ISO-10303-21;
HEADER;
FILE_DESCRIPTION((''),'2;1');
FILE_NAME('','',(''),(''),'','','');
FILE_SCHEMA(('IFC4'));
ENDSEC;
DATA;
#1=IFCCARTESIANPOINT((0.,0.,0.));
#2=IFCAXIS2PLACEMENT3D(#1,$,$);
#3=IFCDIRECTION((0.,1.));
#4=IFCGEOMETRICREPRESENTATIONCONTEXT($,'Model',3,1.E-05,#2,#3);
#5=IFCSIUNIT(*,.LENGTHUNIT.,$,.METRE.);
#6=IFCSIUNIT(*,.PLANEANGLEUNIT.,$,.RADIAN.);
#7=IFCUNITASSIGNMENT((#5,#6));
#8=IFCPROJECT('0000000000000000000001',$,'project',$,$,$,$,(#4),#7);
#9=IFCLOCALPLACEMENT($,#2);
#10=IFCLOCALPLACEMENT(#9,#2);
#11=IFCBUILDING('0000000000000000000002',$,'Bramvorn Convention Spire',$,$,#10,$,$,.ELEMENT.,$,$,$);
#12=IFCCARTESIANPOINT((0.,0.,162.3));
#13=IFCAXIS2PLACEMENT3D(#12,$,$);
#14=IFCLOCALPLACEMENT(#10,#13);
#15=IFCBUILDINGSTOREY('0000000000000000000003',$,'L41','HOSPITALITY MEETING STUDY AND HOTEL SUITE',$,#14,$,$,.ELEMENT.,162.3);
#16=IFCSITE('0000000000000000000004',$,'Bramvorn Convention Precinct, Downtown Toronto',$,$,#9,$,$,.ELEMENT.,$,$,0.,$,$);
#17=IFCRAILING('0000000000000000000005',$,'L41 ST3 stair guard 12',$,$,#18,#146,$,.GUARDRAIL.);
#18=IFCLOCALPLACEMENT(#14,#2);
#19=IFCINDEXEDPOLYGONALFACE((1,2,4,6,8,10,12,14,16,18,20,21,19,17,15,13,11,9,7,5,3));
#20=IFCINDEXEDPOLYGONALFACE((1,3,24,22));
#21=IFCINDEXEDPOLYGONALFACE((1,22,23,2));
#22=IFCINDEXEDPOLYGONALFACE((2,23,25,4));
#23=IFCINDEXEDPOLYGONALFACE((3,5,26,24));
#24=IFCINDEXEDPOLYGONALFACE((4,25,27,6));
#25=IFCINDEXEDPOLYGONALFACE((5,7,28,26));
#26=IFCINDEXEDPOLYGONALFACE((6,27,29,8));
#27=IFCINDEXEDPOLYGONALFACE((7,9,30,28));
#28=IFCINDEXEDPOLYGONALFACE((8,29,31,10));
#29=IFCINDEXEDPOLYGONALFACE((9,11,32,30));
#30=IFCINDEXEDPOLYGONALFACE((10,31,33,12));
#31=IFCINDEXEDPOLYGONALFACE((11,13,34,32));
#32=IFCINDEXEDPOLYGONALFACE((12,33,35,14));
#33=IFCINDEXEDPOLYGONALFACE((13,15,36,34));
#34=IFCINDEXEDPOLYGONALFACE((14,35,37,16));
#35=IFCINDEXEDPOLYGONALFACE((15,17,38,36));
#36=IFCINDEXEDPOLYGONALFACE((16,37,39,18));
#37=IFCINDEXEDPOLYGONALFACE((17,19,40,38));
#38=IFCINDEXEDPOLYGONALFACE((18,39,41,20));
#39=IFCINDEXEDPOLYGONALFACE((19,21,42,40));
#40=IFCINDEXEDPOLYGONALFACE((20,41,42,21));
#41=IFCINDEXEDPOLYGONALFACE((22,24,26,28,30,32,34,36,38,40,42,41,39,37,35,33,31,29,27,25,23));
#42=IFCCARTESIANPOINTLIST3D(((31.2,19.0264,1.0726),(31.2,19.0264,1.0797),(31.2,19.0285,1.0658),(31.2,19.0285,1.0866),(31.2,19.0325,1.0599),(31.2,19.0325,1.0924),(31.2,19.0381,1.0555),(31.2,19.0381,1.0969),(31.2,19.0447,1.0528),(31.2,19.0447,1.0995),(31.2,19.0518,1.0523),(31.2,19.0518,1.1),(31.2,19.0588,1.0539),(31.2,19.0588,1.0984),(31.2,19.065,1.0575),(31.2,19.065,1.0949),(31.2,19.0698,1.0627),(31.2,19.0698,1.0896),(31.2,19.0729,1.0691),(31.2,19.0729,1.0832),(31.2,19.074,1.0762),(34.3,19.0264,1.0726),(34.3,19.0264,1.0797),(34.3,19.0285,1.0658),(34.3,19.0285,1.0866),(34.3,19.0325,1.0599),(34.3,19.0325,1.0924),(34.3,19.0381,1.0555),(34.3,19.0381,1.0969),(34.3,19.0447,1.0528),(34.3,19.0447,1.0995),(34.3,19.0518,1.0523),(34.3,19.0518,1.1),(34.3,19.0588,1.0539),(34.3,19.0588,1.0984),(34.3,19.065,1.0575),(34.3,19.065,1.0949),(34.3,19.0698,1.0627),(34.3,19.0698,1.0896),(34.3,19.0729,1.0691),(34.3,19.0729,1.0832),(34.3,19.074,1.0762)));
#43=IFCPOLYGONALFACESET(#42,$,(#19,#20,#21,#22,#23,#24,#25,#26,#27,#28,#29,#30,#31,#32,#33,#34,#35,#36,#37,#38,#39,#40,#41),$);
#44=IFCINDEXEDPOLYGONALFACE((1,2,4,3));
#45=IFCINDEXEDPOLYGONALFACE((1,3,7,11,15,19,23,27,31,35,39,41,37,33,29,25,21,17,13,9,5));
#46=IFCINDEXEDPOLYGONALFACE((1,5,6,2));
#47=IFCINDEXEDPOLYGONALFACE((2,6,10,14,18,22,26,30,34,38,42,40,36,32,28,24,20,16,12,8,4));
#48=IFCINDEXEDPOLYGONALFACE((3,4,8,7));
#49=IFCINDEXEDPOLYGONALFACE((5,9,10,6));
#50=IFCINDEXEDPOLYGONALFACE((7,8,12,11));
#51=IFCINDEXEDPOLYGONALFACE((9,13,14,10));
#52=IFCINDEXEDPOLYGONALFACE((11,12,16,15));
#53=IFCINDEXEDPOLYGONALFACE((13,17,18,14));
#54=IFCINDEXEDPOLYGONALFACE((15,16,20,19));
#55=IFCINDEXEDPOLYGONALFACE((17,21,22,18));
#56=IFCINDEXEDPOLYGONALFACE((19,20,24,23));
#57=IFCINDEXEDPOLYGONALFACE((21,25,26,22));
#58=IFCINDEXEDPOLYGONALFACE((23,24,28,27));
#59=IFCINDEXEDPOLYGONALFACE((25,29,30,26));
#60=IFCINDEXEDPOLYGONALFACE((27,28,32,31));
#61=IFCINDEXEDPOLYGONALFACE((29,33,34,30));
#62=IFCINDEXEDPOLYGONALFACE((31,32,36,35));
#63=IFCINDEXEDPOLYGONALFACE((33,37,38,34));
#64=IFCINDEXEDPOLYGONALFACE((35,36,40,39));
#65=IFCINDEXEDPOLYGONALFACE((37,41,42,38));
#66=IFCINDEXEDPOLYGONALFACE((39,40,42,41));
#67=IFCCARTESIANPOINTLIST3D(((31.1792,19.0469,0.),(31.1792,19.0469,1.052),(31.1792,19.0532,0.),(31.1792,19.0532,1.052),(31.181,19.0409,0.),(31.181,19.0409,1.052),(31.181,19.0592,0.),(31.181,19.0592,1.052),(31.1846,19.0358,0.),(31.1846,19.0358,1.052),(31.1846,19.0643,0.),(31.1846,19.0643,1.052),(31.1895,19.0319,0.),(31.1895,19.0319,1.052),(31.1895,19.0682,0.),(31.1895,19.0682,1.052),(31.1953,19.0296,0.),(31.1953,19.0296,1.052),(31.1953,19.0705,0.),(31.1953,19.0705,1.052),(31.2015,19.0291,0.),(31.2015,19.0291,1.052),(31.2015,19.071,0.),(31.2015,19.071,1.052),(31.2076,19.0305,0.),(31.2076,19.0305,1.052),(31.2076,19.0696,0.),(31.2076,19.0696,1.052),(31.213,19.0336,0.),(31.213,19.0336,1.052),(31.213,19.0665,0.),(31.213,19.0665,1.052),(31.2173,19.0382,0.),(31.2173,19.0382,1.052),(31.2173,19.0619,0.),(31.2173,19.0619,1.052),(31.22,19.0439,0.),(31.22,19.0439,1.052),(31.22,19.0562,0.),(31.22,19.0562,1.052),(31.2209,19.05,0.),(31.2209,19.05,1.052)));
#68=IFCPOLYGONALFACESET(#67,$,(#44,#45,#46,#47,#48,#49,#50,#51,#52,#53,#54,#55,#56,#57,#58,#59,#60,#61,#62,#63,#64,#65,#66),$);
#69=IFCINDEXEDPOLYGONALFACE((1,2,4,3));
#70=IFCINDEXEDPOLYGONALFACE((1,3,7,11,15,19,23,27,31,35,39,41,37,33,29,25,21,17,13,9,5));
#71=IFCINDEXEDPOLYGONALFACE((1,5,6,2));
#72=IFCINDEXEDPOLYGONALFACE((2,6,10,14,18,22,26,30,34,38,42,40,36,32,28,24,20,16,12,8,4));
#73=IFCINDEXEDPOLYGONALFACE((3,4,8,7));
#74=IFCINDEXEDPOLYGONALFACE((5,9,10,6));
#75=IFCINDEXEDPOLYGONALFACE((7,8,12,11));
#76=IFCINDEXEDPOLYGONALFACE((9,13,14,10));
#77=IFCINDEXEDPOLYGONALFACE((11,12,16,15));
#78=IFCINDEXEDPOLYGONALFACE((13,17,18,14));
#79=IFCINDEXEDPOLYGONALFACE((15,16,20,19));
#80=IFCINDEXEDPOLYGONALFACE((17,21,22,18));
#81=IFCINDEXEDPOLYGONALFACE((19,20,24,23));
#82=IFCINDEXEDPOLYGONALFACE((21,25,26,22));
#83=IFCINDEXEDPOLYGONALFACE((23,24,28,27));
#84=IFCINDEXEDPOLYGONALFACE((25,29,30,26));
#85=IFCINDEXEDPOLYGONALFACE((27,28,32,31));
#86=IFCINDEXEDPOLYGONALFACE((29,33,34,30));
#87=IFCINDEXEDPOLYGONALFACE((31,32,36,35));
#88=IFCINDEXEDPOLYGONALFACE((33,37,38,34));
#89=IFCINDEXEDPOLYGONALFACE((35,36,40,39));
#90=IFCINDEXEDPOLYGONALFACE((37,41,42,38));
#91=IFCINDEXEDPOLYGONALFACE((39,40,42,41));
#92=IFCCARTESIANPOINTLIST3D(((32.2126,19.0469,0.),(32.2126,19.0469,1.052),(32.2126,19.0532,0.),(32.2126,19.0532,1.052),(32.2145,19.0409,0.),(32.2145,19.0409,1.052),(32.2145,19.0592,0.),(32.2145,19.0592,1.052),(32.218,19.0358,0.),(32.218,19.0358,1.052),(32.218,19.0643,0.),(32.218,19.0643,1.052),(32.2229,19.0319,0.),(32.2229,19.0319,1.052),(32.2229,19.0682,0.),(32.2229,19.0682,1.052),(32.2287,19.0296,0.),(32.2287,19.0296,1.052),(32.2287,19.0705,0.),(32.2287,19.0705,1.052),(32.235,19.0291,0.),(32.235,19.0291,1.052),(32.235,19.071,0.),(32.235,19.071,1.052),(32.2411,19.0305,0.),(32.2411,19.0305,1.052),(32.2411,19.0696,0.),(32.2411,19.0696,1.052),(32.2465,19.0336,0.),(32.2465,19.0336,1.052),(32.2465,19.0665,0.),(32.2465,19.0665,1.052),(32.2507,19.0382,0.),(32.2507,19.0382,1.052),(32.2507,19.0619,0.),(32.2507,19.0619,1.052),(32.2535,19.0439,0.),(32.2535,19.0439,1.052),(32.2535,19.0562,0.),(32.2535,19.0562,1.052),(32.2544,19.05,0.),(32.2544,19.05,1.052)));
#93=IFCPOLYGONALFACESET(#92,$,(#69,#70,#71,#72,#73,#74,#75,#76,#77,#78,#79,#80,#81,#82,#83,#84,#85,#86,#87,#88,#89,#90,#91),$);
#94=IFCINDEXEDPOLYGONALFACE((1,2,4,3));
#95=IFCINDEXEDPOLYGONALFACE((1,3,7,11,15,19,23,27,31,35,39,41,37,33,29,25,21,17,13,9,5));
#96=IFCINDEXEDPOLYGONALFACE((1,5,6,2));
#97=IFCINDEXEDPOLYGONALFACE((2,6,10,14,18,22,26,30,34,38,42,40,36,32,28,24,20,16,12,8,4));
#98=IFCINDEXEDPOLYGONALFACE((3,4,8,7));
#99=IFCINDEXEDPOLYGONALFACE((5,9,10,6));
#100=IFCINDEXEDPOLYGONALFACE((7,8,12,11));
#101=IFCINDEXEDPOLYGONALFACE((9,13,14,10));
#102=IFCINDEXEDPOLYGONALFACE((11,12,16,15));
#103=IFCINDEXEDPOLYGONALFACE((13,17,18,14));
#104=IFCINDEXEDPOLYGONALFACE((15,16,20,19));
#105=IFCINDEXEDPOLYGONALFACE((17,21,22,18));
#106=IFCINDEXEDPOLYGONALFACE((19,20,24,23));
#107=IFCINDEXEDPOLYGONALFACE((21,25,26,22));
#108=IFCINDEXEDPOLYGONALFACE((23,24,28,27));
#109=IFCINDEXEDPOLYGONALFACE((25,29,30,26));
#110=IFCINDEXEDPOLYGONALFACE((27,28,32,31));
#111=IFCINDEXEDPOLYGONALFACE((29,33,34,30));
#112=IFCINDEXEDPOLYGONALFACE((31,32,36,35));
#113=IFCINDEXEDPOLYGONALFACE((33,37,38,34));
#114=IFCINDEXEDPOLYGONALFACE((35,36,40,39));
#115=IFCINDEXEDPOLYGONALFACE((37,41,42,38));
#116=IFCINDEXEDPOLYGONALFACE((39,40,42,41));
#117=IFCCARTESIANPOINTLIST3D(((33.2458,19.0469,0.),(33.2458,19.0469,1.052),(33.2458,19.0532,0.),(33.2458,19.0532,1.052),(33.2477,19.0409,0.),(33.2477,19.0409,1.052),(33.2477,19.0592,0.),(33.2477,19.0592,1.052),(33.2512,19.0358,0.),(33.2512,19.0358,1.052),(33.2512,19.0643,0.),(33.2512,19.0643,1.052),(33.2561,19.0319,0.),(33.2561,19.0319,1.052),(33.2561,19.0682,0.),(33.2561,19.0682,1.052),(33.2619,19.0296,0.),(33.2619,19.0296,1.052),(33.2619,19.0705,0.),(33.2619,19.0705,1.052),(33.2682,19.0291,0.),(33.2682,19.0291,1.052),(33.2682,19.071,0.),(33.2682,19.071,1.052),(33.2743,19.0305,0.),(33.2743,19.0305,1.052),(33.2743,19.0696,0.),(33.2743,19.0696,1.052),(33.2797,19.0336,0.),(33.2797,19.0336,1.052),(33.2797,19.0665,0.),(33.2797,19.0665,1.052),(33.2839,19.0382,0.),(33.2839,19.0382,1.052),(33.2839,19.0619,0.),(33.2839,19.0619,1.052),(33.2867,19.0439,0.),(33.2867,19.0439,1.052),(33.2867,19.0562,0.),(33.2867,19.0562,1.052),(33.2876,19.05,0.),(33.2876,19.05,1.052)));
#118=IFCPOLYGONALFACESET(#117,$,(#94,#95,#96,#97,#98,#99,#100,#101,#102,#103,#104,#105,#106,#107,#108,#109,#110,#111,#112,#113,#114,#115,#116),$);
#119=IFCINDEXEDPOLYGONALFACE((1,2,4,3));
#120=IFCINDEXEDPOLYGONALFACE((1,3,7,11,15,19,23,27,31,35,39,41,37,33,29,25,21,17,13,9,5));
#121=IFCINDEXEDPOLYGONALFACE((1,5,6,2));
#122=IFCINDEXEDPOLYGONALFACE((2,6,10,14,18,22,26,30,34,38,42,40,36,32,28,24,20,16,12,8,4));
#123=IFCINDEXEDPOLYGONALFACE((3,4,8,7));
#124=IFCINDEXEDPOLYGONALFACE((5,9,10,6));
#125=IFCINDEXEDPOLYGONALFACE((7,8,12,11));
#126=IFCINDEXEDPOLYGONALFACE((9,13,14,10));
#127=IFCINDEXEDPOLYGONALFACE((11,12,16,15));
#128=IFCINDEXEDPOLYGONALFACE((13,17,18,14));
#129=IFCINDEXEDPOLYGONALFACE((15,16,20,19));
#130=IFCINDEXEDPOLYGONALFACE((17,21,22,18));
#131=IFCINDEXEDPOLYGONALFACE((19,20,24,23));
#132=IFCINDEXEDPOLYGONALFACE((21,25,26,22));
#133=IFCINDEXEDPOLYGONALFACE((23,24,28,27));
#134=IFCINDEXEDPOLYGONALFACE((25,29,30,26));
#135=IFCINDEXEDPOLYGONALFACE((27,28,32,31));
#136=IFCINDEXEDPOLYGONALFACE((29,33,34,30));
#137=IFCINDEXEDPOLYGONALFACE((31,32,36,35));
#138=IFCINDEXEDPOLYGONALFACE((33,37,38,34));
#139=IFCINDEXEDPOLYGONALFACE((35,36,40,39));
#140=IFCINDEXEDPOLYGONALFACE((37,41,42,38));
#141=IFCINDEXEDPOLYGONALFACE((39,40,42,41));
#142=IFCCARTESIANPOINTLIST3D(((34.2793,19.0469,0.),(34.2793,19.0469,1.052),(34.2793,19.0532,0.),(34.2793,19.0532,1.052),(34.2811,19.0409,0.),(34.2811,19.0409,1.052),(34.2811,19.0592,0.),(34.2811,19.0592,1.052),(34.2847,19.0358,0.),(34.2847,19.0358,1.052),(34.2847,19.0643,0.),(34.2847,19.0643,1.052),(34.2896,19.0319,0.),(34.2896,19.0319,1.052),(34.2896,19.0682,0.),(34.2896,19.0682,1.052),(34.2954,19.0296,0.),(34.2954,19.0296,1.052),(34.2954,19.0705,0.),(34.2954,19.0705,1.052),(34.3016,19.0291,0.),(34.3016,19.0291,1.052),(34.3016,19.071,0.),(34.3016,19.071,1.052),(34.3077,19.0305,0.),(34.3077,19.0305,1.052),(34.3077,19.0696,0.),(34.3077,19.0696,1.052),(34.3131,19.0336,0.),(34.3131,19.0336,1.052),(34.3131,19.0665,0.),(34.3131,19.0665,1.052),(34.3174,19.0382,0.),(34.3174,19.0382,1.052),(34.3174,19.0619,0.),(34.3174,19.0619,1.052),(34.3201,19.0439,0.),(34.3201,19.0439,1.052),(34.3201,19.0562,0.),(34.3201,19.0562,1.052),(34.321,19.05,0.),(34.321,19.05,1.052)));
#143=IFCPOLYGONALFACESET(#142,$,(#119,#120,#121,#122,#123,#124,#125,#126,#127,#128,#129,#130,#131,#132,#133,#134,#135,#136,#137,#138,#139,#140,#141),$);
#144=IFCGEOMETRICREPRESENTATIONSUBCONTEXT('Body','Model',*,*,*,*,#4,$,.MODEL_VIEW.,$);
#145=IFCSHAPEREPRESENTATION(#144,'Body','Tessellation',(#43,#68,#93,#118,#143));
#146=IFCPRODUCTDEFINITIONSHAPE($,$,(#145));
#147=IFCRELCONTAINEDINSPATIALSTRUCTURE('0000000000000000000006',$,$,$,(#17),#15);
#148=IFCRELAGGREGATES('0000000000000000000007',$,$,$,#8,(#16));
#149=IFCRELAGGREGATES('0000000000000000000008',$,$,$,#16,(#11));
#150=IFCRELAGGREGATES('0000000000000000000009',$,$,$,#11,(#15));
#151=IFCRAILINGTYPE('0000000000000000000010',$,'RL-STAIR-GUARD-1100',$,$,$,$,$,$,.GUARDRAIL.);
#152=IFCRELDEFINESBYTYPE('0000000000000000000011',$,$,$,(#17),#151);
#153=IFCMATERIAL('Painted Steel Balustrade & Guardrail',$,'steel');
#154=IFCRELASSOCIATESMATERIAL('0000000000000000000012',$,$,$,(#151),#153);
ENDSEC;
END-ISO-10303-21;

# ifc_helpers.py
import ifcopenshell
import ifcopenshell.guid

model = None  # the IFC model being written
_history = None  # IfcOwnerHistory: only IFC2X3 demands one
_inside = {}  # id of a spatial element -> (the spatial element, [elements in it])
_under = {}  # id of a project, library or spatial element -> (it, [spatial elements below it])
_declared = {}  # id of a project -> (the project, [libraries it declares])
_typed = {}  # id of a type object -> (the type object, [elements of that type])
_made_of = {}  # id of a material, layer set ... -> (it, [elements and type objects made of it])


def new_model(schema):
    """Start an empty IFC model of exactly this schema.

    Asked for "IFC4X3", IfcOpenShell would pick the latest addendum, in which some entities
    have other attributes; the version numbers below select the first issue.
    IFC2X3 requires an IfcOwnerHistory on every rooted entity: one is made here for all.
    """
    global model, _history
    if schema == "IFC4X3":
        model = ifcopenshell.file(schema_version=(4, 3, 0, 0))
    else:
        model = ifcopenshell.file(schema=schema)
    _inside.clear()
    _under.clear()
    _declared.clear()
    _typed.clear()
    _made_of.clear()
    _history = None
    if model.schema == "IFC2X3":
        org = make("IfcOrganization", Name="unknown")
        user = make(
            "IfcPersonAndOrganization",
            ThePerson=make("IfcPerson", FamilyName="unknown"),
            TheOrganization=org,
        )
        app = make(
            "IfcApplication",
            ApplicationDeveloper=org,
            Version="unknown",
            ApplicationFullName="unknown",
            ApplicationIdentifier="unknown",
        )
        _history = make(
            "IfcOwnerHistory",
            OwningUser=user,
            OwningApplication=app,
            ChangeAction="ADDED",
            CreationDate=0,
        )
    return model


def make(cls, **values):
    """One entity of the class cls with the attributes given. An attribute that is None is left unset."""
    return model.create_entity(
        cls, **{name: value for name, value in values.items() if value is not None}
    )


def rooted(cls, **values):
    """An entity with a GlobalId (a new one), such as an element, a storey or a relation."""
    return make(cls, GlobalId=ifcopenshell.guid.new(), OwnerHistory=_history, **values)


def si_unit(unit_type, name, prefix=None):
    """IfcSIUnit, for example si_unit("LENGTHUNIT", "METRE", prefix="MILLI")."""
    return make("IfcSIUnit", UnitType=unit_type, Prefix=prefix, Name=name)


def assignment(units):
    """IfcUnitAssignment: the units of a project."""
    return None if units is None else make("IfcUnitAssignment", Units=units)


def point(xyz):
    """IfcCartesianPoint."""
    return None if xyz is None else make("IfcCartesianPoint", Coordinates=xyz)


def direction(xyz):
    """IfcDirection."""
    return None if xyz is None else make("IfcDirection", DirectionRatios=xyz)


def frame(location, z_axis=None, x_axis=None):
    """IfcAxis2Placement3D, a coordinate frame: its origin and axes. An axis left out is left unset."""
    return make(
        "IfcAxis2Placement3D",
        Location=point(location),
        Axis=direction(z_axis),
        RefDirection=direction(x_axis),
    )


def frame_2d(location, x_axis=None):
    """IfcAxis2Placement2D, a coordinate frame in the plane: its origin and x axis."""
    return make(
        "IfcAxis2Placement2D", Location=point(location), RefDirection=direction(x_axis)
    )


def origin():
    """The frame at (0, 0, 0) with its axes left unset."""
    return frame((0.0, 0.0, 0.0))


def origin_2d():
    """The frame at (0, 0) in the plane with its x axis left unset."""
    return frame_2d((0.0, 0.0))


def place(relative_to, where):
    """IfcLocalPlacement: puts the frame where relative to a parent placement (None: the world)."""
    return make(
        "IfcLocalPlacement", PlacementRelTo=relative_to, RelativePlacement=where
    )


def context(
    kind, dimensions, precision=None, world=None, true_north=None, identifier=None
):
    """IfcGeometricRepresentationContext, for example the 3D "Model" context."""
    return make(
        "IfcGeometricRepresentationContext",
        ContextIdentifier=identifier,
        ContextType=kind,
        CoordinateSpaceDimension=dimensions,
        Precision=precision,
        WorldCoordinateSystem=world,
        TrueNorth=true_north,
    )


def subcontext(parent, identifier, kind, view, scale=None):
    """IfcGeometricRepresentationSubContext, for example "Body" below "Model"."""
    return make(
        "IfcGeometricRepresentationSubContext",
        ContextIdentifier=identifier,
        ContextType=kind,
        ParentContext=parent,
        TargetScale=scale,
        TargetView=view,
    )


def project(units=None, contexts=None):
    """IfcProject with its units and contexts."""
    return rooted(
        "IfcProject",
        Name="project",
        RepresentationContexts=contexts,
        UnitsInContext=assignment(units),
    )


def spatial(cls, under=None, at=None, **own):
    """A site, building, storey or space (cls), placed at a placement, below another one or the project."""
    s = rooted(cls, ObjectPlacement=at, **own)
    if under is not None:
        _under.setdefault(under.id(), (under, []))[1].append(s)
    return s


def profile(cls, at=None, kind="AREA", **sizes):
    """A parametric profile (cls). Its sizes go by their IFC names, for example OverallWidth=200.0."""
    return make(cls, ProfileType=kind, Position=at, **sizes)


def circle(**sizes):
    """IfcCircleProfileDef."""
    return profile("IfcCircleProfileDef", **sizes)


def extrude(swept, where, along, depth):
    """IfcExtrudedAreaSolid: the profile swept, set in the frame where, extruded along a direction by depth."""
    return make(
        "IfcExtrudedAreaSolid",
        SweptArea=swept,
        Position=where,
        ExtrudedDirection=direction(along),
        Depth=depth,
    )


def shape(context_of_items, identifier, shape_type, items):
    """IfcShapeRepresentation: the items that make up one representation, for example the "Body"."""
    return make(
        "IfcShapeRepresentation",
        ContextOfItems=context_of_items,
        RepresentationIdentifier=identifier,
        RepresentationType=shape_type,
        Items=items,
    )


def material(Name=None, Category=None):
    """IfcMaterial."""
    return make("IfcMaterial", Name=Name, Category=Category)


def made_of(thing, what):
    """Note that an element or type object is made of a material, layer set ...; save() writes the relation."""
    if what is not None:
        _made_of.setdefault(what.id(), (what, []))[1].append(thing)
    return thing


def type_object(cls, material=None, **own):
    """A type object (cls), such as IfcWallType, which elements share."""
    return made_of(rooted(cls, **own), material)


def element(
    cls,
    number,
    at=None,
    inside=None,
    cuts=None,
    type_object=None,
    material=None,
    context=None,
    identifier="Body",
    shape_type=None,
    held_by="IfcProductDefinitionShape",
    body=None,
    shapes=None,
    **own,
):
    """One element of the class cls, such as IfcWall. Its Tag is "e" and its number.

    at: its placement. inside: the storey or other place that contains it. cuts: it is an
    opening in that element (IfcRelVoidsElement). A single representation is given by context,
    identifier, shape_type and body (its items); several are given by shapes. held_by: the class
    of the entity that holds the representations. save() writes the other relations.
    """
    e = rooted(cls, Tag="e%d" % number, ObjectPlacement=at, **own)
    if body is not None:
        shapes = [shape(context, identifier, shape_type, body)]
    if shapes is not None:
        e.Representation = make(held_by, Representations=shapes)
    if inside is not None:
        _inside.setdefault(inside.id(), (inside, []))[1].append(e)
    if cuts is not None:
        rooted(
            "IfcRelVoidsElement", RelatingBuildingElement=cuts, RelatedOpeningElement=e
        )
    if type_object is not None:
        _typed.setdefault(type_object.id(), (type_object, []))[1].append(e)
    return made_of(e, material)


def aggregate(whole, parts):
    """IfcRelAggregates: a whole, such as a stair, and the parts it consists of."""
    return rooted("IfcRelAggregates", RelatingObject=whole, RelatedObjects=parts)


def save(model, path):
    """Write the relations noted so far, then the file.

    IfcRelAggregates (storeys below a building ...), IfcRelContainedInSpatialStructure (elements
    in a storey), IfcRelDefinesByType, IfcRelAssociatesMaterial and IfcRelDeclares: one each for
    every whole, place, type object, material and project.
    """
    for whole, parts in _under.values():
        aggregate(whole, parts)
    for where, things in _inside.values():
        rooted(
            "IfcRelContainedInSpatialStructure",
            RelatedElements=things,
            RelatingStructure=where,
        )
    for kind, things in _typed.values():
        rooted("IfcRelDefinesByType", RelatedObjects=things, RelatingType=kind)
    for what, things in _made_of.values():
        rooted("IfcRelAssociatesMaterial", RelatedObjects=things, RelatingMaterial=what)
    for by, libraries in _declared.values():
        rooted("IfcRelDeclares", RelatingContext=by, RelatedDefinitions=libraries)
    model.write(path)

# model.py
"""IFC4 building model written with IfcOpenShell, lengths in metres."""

from ifc_helpers import new_model, si_unit, direction, frame, origin, origin_2d, place, context, subcontext, project, spatial, circle, extrude, material, type_object, element, save


model = new_model("IFC4")

# Units and contexts
model_context = context("Model", 3, precision=1e-05, world=origin(), true_north=direction((0.0, 1.0)))
body_context = subcontext(model_context, "Body", "Model", "MODEL_VIEW")
ifc_project = project(units=[si_unit("LENGTHUNIT", "METRE"), si_unit("PLANEANGLEUNIT", "RADIAN")], contexts=[model_context])

# Site, building, storey
site_placement = place(None, origin())
site = spatial("IfcSite", under=ifc_project, at=site_placement, Name="Bramvorn Convention Precinct, Downtown Toronto", CompositionType="ELEMENT", RefElevation=0.0)
building_placement = place(site_placement, origin())
building = spatial("IfcBuilding", under=site, at=building_placement, Name="Bramvorn Convention Spire", CompositionType="ELEMENT")
storey_placement = place(building_placement, frame((0.0, 0.0, 162.3)))
storey = spatial("IfcBuildingStorey", under=building, at=storey_placement, Name="L41", Description="HOSPITALITY MEETING STUDY AND HOTEL SUITE", CompositionType="ELEMENT", Elevation=162.3)

# Railing
ifc_material_1 = material(Name="Painted Steel Balustrade & Guardrail", Category="steel")
railing_type_1 = type_object("IfcRailingType", Name="RL-STAIR-GUARD-1100", PredefinedType="GUARDRAIL", material=ifc_material_1)
railing_1_placement = place(storey_placement, frame((31.2, 19.05, 0.0)))
element("IfcRailing", 1, at=railing_1_placement, inside=storey, type_object=railing_type_1, Name="L41 ST3 stair guard 12", PredefinedType="GUARDRAIL", context=body_context, shape_type="SweptSolid", body=[
    extrude(circle(Radius=0.0239, at=origin_2d()), frame((0.0, 0.0, 1.0762), z_axis=(1.0, 0.0, 0.0), x_axis=(0.0, 1.0, 0.0)), (0.0, 0.0, 1.0), 3.1001),
    extrude(circle(Radius=0.021, at=origin_2d()), origin(), (0.0, 0.0, 1.0), 1.052),
    extrude(circle(Radius=0.021, at=origin_2d()), frame((1.0334, 0.0, 0.0)), (0.0, 0.0, 1.0), 1.052),
    extrude(circle(Radius=0.021, at=origin_2d()), frame((2.0667, 0.0, 0.0)), (0.0, 0.0, 1.0), 1.052),
    extrude(circle(Radius=0.021, at=origin_2d()), frame((3.1001, 0.0, 0.0)), (0.0, 0.0, 1.0), 1.052),
])

save(model, "model.ifc")
